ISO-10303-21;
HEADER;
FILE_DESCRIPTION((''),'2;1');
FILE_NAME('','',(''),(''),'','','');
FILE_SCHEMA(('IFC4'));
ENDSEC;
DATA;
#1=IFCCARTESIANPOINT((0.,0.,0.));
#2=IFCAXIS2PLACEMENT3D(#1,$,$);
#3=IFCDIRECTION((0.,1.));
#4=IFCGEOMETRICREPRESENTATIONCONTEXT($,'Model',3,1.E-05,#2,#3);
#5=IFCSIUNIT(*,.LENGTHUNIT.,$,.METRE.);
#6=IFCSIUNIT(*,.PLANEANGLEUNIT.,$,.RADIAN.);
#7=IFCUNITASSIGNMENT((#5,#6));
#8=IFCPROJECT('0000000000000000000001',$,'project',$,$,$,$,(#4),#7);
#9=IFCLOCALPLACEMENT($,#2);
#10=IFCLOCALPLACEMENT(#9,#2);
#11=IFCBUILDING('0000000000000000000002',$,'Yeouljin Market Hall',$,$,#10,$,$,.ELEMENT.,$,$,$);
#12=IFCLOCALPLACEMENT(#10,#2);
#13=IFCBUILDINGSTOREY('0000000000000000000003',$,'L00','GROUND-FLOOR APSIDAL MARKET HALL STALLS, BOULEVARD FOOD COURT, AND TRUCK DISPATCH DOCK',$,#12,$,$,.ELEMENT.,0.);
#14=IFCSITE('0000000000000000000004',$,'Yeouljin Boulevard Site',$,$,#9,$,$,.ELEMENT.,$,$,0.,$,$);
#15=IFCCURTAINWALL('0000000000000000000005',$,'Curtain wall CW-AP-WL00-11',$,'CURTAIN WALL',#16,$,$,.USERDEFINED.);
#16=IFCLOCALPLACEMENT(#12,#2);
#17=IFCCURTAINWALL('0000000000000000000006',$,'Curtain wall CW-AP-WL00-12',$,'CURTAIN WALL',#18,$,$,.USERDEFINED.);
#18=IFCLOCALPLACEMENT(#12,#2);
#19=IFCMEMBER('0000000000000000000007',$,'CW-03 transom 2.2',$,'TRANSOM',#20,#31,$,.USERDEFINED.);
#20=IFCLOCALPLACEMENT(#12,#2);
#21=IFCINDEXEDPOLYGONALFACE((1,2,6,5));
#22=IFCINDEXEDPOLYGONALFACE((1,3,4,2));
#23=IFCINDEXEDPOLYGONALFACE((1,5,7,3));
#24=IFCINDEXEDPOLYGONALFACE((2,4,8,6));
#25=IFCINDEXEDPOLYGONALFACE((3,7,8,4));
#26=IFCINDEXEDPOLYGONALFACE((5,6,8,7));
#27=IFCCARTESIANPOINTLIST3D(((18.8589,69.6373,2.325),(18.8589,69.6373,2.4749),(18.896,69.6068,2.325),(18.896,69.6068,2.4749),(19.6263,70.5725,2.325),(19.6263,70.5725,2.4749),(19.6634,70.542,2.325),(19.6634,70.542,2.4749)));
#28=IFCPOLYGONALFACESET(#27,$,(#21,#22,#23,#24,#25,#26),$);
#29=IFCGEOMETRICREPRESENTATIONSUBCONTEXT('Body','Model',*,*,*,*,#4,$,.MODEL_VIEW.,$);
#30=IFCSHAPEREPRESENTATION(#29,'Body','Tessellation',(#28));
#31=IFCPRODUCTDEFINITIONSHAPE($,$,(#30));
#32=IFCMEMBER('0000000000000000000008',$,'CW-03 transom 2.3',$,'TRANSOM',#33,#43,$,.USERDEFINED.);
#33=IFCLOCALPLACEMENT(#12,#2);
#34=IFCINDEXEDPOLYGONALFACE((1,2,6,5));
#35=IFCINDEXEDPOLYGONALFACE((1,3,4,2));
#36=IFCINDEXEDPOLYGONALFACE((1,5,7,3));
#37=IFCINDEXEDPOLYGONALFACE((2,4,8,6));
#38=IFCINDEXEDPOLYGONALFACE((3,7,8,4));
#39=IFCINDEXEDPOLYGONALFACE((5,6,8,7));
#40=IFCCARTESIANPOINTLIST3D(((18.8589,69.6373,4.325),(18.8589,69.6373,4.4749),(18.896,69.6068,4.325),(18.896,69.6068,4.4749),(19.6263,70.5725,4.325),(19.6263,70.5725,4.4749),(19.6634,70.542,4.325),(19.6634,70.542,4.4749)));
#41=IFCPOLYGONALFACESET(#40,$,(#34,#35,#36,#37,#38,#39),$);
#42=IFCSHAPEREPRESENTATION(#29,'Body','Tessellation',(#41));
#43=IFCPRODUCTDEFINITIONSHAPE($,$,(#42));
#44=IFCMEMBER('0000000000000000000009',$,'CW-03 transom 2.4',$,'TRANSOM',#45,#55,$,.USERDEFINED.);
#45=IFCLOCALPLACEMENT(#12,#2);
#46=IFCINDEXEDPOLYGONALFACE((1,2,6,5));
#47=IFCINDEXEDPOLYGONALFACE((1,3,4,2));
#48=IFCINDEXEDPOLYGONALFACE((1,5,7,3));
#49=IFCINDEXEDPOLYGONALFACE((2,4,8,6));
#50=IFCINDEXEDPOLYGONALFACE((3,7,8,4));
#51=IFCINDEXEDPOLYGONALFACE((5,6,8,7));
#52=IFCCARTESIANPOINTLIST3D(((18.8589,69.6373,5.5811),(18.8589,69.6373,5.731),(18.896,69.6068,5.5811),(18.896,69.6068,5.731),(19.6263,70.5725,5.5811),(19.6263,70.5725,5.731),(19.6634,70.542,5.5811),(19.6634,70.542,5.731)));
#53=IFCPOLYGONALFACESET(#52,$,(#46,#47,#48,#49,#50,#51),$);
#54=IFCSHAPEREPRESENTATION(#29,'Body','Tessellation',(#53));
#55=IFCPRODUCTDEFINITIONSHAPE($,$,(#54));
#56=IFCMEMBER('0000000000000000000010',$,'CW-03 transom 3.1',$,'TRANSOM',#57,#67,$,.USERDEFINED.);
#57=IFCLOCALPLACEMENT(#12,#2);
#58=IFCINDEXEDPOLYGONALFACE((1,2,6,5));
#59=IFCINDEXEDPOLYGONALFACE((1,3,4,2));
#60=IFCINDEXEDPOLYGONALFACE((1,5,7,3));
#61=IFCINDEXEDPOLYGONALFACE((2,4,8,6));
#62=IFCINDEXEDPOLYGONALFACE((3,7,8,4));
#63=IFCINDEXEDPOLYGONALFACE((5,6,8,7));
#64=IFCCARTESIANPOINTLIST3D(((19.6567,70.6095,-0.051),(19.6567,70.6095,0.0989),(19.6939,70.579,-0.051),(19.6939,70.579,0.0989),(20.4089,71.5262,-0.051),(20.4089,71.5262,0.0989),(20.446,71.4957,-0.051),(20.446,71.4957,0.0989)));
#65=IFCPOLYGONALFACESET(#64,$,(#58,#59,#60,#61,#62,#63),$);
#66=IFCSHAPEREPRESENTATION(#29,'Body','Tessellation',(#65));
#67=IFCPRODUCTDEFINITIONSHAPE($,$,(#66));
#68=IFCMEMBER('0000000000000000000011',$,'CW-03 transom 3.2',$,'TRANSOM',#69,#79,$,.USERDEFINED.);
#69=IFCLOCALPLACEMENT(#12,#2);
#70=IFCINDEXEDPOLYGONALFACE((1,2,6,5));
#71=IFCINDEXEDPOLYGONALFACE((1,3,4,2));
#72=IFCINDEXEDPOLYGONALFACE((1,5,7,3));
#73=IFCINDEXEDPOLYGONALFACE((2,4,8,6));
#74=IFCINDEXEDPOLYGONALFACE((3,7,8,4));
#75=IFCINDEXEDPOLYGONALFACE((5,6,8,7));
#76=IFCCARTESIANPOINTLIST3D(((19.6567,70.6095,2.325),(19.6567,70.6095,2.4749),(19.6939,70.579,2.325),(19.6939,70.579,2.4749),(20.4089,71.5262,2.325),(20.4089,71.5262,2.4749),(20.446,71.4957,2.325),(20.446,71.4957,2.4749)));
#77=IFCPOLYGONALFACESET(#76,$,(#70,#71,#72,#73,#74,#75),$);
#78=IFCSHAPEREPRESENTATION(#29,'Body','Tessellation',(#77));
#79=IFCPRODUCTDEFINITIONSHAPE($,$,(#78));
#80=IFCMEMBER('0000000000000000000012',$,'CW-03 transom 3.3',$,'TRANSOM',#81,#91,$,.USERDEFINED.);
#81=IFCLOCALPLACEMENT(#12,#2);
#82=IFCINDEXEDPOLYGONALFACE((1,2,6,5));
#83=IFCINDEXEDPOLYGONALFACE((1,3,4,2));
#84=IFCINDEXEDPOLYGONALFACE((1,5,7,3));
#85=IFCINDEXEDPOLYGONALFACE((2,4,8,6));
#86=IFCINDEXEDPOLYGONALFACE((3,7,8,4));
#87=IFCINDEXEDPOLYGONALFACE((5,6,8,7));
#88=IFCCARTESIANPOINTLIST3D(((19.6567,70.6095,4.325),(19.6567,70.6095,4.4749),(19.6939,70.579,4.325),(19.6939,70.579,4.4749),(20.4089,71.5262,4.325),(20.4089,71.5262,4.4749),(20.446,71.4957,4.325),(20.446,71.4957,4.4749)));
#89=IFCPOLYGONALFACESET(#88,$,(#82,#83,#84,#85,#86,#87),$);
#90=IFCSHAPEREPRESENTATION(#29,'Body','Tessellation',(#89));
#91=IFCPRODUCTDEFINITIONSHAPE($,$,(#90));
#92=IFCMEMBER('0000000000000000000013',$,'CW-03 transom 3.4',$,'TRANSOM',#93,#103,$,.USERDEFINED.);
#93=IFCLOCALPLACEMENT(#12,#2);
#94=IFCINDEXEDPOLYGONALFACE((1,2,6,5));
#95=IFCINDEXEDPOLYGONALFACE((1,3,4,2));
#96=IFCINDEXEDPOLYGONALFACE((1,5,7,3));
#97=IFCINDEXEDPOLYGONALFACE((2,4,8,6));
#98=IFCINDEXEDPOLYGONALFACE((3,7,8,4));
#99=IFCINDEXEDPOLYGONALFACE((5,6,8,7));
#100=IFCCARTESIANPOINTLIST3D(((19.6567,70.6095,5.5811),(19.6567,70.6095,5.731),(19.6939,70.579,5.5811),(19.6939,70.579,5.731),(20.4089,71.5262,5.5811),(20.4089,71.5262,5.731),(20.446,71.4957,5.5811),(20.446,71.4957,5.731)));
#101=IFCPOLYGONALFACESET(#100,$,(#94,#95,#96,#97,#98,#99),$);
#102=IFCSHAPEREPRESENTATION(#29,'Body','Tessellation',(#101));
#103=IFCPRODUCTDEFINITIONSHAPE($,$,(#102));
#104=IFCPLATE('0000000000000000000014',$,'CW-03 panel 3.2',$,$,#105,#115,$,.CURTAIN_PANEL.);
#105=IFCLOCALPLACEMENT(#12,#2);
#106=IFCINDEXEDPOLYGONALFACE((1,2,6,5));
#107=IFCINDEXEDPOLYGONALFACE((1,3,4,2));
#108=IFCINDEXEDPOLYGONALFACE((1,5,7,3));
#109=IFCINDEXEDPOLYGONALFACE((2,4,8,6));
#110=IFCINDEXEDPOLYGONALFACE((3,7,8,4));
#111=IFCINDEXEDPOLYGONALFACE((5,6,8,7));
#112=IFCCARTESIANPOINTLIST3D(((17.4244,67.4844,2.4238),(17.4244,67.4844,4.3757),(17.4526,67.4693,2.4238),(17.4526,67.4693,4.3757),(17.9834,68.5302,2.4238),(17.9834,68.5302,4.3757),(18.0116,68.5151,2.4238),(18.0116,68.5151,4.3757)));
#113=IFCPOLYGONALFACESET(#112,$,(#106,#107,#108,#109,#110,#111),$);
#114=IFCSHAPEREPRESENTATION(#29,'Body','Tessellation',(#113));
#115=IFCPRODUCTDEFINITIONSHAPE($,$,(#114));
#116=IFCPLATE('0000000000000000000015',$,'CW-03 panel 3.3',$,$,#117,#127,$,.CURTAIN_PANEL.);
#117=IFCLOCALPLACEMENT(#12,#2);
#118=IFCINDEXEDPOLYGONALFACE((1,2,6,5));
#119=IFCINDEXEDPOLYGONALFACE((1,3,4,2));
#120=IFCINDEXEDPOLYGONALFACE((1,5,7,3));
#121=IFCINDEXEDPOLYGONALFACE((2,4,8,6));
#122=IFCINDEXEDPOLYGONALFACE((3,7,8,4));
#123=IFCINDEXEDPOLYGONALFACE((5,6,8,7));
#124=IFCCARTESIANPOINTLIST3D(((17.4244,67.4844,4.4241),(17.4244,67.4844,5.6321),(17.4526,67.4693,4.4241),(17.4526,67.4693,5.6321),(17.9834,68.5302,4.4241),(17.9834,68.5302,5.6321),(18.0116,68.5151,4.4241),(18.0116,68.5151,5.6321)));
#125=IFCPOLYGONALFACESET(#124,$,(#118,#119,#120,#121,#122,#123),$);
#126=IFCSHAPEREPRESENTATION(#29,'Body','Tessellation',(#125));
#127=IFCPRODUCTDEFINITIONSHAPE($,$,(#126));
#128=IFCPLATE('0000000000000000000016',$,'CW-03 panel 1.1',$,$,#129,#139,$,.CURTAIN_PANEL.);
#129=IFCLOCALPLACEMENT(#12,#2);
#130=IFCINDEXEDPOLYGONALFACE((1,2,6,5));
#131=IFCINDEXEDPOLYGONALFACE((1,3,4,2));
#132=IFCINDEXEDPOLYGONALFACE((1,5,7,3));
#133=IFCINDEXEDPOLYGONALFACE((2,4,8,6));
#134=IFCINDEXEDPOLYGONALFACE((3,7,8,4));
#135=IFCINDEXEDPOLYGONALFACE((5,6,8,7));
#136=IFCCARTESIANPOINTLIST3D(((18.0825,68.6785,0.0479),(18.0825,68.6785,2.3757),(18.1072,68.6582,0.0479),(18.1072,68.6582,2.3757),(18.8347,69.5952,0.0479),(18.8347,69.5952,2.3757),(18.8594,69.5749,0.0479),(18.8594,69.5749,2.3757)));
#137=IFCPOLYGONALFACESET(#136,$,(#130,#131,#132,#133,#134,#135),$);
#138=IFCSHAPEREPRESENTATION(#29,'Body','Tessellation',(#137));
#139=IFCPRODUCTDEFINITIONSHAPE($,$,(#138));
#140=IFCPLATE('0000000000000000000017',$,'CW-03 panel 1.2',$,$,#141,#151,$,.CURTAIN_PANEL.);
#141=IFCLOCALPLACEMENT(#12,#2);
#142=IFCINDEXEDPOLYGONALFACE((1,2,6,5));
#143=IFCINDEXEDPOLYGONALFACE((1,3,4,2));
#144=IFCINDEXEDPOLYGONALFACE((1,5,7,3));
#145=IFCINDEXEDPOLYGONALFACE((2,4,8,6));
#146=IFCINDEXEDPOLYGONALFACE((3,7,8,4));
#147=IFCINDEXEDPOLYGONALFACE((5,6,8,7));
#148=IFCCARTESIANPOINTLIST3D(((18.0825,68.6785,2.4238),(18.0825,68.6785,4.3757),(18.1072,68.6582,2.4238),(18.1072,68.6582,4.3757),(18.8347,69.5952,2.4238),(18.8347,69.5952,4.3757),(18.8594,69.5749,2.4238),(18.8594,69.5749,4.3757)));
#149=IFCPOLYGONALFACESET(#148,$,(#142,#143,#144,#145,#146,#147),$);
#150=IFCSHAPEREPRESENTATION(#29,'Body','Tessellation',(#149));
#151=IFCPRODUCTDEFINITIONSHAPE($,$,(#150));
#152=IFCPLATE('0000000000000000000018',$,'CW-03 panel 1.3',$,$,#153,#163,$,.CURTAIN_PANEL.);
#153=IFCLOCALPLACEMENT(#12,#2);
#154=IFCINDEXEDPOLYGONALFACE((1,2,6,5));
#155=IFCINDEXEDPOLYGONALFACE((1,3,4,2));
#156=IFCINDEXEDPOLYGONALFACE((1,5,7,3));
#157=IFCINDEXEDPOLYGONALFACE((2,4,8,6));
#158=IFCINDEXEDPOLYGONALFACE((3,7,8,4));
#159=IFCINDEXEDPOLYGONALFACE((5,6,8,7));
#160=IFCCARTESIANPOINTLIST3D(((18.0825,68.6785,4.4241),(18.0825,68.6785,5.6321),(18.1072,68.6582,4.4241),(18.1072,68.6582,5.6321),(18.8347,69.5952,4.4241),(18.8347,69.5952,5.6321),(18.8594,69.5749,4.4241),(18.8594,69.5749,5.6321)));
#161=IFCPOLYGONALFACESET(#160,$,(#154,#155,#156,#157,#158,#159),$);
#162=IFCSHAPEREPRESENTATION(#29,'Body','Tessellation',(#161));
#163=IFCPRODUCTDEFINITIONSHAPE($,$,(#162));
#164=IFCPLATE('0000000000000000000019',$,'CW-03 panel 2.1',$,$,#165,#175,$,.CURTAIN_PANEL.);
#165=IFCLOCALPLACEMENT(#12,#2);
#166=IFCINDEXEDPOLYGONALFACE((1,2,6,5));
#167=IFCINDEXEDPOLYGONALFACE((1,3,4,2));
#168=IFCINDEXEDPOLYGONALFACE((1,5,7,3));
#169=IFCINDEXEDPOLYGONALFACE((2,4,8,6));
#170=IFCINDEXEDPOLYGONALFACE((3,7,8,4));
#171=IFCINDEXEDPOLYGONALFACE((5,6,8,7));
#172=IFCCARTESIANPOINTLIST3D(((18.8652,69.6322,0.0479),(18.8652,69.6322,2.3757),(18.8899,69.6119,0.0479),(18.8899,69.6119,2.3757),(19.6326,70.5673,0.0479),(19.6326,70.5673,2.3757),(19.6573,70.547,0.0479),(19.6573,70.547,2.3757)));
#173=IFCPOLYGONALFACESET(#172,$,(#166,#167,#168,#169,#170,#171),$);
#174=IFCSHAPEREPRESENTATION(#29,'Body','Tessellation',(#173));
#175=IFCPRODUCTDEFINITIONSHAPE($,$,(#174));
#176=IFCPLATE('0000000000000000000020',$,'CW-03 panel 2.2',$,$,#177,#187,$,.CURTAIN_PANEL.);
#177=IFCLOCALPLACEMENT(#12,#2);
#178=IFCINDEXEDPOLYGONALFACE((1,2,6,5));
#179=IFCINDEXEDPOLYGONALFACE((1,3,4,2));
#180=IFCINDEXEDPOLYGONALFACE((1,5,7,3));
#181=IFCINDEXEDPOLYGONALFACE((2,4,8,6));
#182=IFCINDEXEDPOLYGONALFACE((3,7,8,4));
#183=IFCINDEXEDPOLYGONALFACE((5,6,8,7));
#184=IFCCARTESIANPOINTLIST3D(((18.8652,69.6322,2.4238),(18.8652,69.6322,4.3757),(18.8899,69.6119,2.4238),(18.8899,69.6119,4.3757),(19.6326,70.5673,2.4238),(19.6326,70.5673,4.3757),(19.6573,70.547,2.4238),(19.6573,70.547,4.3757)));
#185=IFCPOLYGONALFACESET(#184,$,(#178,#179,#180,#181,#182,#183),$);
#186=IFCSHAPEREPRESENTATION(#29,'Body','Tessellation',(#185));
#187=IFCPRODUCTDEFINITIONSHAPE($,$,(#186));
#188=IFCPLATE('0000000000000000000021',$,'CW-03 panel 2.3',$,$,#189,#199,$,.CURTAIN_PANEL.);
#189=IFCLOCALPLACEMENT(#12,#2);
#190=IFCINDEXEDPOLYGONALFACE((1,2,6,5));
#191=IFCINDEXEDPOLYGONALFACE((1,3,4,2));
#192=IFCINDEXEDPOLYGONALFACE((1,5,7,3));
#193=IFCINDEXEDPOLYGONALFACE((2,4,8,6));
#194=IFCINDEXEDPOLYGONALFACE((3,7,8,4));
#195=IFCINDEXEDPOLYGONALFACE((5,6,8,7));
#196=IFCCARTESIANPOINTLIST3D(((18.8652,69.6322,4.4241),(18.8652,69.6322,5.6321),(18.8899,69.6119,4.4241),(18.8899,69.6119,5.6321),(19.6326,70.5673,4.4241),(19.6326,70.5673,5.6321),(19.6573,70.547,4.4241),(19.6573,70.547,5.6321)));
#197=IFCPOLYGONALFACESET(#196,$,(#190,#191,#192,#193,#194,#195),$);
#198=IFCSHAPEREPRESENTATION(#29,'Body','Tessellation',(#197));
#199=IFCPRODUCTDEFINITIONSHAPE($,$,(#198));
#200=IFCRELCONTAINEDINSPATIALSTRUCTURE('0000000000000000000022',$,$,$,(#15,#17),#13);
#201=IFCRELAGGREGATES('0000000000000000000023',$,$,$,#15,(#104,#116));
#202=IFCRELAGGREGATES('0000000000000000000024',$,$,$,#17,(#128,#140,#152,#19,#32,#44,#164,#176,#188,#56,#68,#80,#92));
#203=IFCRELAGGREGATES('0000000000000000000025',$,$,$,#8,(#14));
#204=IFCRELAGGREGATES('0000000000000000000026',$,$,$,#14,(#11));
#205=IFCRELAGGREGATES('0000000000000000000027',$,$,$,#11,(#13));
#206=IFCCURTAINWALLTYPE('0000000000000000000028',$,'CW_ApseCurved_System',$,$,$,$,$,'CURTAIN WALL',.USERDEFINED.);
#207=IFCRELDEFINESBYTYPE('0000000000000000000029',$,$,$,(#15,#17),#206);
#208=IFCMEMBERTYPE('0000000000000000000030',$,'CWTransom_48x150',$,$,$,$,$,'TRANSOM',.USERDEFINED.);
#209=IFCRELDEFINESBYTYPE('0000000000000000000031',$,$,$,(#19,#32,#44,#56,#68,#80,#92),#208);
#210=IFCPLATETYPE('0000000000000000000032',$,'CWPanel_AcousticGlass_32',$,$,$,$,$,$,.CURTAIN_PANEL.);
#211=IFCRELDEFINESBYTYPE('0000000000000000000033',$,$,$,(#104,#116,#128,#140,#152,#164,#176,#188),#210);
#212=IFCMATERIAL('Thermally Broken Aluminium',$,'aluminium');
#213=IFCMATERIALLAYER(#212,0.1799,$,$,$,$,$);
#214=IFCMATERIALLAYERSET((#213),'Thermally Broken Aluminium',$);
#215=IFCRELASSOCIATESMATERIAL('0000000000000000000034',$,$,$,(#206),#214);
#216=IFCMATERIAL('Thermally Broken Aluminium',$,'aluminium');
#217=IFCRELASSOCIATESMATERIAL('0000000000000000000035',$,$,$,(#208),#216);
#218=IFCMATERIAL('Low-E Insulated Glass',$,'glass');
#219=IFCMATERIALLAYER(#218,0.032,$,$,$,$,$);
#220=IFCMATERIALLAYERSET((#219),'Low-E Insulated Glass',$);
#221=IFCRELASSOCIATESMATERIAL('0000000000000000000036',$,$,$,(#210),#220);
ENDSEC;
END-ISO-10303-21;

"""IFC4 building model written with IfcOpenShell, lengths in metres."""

from ifc_helpers import new_model, si_unit, direction, frame, origin, origin_2d, place, context, subcontext, project, spatial, rectangle, extrude, material, layer, layer_set, material_profile, profile_set, type_object, element, aggregate, save


model = new_model("IFC4")

# Units and contexts
model_context = context("Model", 3, precision=1e-05, world=origin(), true_north=direction((0.0, 1.0)))
body_context = subcontext(model_context, "Body", "Model", "MODEL_VIEW")
ifc_project = project(units=[si_unit("LENGTHUNIT", "METRE"), si_unit("PLANEANGLEUNIT", "RADIAN")], contexts=[model_context])

# Site, building, storey
site_placement = place(None, origin())
site = spatial("IfcSite", under=ifc_project, at=site_placement, Name="Yeouljin Boulevard Site", CompositionType="ELEMENT", RefElevation=0.0)
building_placement = place(site_placement, origin())
building = spatial("IfcBuilding", under=site, at=building_placement, Name="Yeouljin Market Hall", CompositionType="ELEMENT")
storey_placement = place(building_placement, origin())
storey = spatial("IfcBuildingStorey", under=building, at=storey_placement, Name="L00", Description="GROUND-FLOOR APSIDAL MARKET HALL STALLS, BOULEVARD FOOD COURT, AND TRUCK DISPATCH DOCK", CompositionType="ELEMENT", Elevation=0.0)

# Curtain wall
ifc_material_1 = material(Name="Thermally Broken Aluminium", Category="aluminium")
ifc_layer_1 = layer(ifc_material_1, 0.1799)
ifc_layer_set_1 = layer_set([ifc_layer_1], Name="Thermally Broken Aluminium")
curtain_wall_type = type_object("IfcCurtainWallType", Name="CW_ApseCurved_System", ElementType="CURTAIN WALL", PredefinedType="USERDEFINED", material=ifc_layer_set_1)
curtain_wall_1_placement = place(storey_placement, origin())
curtain_wall_1 = element("IfcCurtainWall", 1, at=curtain_wall_1_placement, inside=storey, type_object=curtain_wall_type, Name="Curtain wall CW-AP-WL00-11", ObjectType="CURTAIN WALL", PredefinedType="USERDEFINED")

# Curtain wall, members
curtain_wall_2_placement = place(storey_placement, origin())
curtain_wall_2 = element("IfcCurtainWall", 2, at=curtain_wall_2_placement, inside=storey, type_object=curtain_wall_type, Name="Curtain wall CW-AP-WL00-12", ObjectType="CURTAIN WALL", PredefinedType="USERDEFINED")
ifc_material_2 = material(Name="Thermally Broken Aluminium", Category="aluminium")
ifc_material_profile_1 = material_profile(ifc_material_2, rectangle(XDim=0.0481, YDim=0.1499, at=origin_2d()), Name="CW-TRAN-48x150")
ifc_profile_set_1 = profile_set([ifc_material_profile_1], Name="Thermally Broken Aluminium")
member_type_1 = type_object("IfcMemberType", Name="CWTransom_48x150", ElementType="TRANSOM", PredefinedType="USERDEFINED", material=ifc_profile_set_1)
member_1_placement = place(storey_placement, frame((18.8774, 69.6221, 2.3999), z_axis=(0.634369, 0.77303, 0.0), x_axis=(-0.77303, 0.634369, 0.0)))
member_1 = element("IfcMember", 3, at=member_1_placement, type_object=member_type_1, Name="CW-03 transom 2.2", ObjectType="TRANSOM", PredefinedType="USERDEFINED", context=body_context, shape_type="SweptSolid", body=[
    extrude(rectangle(XDim=0.0481, YDim=0.1499, at=origin_2d()), origin(), (0.0, 0.0, 1.0), 1.2097),
])
member_2_placement = place(storey_placement, frame((18.8774, 69.6221, 4.3999), z_axis=(0.634369, 0.77303, 0.0), x_axis=(-0.77303, 0.634369, 0.0)))
member_2 = element("IfcMember", 4, at=member_2_placement, type_object=member_type_1, Name="CW-03 transom 2.3", ObjectType="TRANSOM", PredefinedType="USERDEFINED", context=body_context, shape_type="SweptSolid", body=[
    extrude(rectangle(XDim=0.0481, YDim=0.1499, at=origin_2d()), origin(), (0.0, 0.0, 1.0), 1.2097),
])
member_3_placement = place(storey_placement, frame((18.8774, 69.6221, 5.656), z_axis=(0.634369, 0.77303, 0.0), x_axis=(-0.77303, 0.634369, 0.0)))
member_3 = element("IfcMember", 5, at=member_3_placement, type_object=member_type_1, Name="CW-03 transom 2.4", ObjectType="TRANSOM", PredefinedType="USERDEFINED", context=body_context, shape_type="SweptSolid", body=[
    extrude(rectangle(XDim=0.0481, YDim=0.1499, at=origin_2d()), origin(), (0.0, 0.0, 1.0), 1.2097),
])
member_4_placement = place(storey_placement, frame((19.6753, 70.5942, 0.0239), z_axis=(0.634313, 0.773076, 0.0), x_axis=(-0.773076, 0.634313, 0.0)))
member_4 = element("IfcMember", 6, at=member_4_placement, type_object=member_type_1, Name="CW-03 transom 3.1", ObjectType="TRANSOM", PredefinedType="USERDEFINED", context=body_context, shape_type="SweptSolid", body=[
    extrude(rectangle(XDim=0.0481, YDim=0.1499, at=origin_2d()), origin(), (0.0, 0.0, 1.0), 1.1858),
])
member_5_placement = place(storey_placement, frame((19.6753, 70.5942, 2.3999), z_axis=(0.634313, 0.773076, 0.0), x_axis=(-0.773076, 0.634313, 0.0)))
member_5 = element("IfcMember", 7, at=member_5_placement, type_object=member_type_1, Name="CW-03 transom 3.2", ObjectType="TRANSOM", PredefinedType="USERDEFINED", context=body_context, shape_type="SweptSolid", body=[
    extrude(rectangle(XDim=0.0481, YDim=0.1499, at=origin_2d()), origin(), (0.0, 0.0, 1.0), 1.1858),
])
member_6_placement = place(storey_placement, frame((19.6753, 70.5942, 4.3999), z_axis=(0.634313, 0.773076, 0.0), x_axis=(-0.773076, 0.634313, 0.0)))
member_6 = element("IfcMember", 8, at=member_6_placement, type_object=member_type_1, Name="CW-03 transom 3.3", ObjectType="TRANSOM", PredefinedType="USERDEFINED", context=body_context, shape_type="SweptSolid", body=[
    extrude(rectangle(XDim=0.0481, YDim=0.1499, at=origin_2d()), origin(), (0.0, 0.0, 1.0), 1.1858),
])
member_7_placement = place(storey_placement, frame((19.6753, 70.5942, 5.656), z_axis=(0.634313, 0.773076, 0.0), x_axis=(-0.773076, 0.634313, 0.0)))
member_7 = element("IfcMember", 9, at=member_7_placement, type_object=member_type_1, Name="CW-03 transom 3.4", ObjectType="TRANSOM", PredefinedType="USERDEFINED", context=body_context, shape_type="SweptSolid", body=[
    extrude(rectangle(XDim=0.0481, YDim=0.1499, at=origin_2d()), origin(), (0.0, 0.0, 1.0), 1.1858),
])

# Plates
ifc_material_3 = material(Name="Low-E Insulated Glass", Category="glass")
ifc_layer_2 = layer(ifc_material_3, 0.032)
ifc_layer_set_2 = layer_set([ifc_layer_2], Name="Low-E Insulated Glass")
plate_type = type_object("IfcPlateType", Name="CWPanel_AcousticGlass_32", PredefinedType="CURTAIN_PANEL", material=ifc_layer_set_2)
plate_1_placement = place(storey_placement, frame((17.718, 67.9998, 2.4238), z_axis=(0.0, 0.0, 1.0), x_axis=(0.471378, 0.881931, 0.0)))
plate_1 = element("IfcPlate", 10, at=plate_1_placement, type_object=plate_type, Name="CW-03 panel 3.2", PredefinedType="CURTAIN_PANEL", context=body_context, shape_type="SweptSolid", body=[
    extrude(rectangle(XDim=1.1858, YDim=0.032, at=origin_2d()), origin(), (0.0, 0.0, 1.0), 1.9519),
])
plate_2_placement = place(storey_placement, frame((17.718, 67.9998, 4.4241), z_axis=(0.0, 0.0, 1.0), x_axis=(0.471378, 0.881931, 0.0)))
plate_2 = element("IfcPlate", 11, at=plate_2_placement, type_object=plate_type, Name="CW-03 panel 3.3", PredefinedType="CURTAIN_PANEL", context=body_context, shape_type="SweptSolid", body=[
    extrude(rectangle(XDim=1.1858, YDim=0.032, at=origin_2d()), origin(), (0.0, 0.0, 1.0), 1.208),
])
aggregate(curtain_wall_1, [plate_1, plate_2])
plate_3_placement = place(storey_placement, frame((18.4709, 69.1267, 0.0479), z_axis=(0.0, 0.0, 1.0), x_axis=(0.634384, 0.773018, 0.0)))
plate_3 = element("IfcPlate", 12, at=plate_3_placement, type_object=plate_type, Name="CW-03 panel 1.1", PredefinedType="CURTAIN_PANEL", context=body_context, shape_type="SweptSolid", body=[
    extrude(rectangle(XDim=1.1858, YDim=0.032, at=origin_2d()), origin(), (0.0, 0.0, 1.0), 2.3279),
])
plate_4_placement = place(storey_placement, frame((18.4709, 69.1267, 2.4238), z_axis=(0.0, 0.0, 1.0), x_axis=(0.634384, 0.773018, 0.0)))
plate_4 = element("IfcPlate", 13, at=plate_4_placement, type_object=plate_type, Name="CW-03 panel 1.2", PredefinedType="CURTAIN_PANEL", context=body_context, shape_type="SweptSolid", body=[
    extrude(rectangle(XDim=1.1858, YDim=0.032, at=origin_2d()), origin(), (0.0, 0.0, 1.0), 1.9519),
])
plate_5_placement = place(storey_placement, frame((18.4709, 69.1267, 4.4241), z_axis=(0.0, 0.0, 1.0), x_axis=(0.634384, 0.773018, 0.0)))
plate_5 = element("IfcPlate", 14, at=plate_5_placement, type_object=plate_type, Name="CW-03 panel 1.3", PredefinedType="CURTAIN_PANEL", context=body_context, shape_type="SweptSolid", body=[
    extrude(rectangle(XDim=1.1858, YDim=0.032, at=origin_2d()), origin(), (0.0, 0.0, 1.0), 1.208),
])
plate_6_placement = place(storey_placement, frame((19.2612, 70.0896, 0.0479), z_axis=(0.0, 0.0, 1.0), x_axis=(0.634384, 0.773018, 0.0)))
plate_6 = element("IfcPlate", 15, at=plate_6_placement, type_object=plate_type, Name="CW-03 panel 2.1", PredefinedType="CURTAIN_PANEL", context=body_context, shape_type="SweptSolid", body=[
    extrude(rectangle(XDim=1.2097, YDim=0.032, at=origin_2d()), origin(), (0.0, 0.0, 1.0), 2.3279),
])
plate_7_placement = place(storey_placement, frame((19.2612, 70.0896, 2.4238), z_axis=(0.0, 0.0, 1.0), x_axis=(0.634384, 0.773018, 0.0)))
plate_7 = element("IfcPlate", 16, at=plate_7_placement, type_object=plate_type, Name="CW-03 panel 2.2", PredefinedType="CURTAIN_PANEL", context=body_context, shape_type="SweptSolid", body=[
    extrude(rectangle(XDim=1.2097, YDim=0.032, at=origin_2d()), origin(), (0.0, 0.0, 1.0), 1.9519),
])
plate_8_placement = place(storey_placement, frame((19.2612, 70.0896, 4.4241), z_axis=(0.0, 0.0, 1.0), x_axis=(0.634384, 0.773018, 0.0)))
plate_8 = element("IfcPlate", 17, at=plate_8_placement, type_object=plate_type, Name="CW-03 panel 2.3", PredefinedType="CURTAIN_PANEL", context=body_context, shape_type="SweptSolid", body=[
    extrude(rectangle(XDim=1.2097, YDim=0.032, at=origin_2d()), origin(), (0.0, 0.0, 1.0), 1.208),
])
aggregate(curtain_wall_2, [plate_3, plate_4, plate_5, member_1, member_2, member_3, plate_6, plate_7, plate_8, member_4, member_5, member_6, member_7])

save(model, "model.ifc")
